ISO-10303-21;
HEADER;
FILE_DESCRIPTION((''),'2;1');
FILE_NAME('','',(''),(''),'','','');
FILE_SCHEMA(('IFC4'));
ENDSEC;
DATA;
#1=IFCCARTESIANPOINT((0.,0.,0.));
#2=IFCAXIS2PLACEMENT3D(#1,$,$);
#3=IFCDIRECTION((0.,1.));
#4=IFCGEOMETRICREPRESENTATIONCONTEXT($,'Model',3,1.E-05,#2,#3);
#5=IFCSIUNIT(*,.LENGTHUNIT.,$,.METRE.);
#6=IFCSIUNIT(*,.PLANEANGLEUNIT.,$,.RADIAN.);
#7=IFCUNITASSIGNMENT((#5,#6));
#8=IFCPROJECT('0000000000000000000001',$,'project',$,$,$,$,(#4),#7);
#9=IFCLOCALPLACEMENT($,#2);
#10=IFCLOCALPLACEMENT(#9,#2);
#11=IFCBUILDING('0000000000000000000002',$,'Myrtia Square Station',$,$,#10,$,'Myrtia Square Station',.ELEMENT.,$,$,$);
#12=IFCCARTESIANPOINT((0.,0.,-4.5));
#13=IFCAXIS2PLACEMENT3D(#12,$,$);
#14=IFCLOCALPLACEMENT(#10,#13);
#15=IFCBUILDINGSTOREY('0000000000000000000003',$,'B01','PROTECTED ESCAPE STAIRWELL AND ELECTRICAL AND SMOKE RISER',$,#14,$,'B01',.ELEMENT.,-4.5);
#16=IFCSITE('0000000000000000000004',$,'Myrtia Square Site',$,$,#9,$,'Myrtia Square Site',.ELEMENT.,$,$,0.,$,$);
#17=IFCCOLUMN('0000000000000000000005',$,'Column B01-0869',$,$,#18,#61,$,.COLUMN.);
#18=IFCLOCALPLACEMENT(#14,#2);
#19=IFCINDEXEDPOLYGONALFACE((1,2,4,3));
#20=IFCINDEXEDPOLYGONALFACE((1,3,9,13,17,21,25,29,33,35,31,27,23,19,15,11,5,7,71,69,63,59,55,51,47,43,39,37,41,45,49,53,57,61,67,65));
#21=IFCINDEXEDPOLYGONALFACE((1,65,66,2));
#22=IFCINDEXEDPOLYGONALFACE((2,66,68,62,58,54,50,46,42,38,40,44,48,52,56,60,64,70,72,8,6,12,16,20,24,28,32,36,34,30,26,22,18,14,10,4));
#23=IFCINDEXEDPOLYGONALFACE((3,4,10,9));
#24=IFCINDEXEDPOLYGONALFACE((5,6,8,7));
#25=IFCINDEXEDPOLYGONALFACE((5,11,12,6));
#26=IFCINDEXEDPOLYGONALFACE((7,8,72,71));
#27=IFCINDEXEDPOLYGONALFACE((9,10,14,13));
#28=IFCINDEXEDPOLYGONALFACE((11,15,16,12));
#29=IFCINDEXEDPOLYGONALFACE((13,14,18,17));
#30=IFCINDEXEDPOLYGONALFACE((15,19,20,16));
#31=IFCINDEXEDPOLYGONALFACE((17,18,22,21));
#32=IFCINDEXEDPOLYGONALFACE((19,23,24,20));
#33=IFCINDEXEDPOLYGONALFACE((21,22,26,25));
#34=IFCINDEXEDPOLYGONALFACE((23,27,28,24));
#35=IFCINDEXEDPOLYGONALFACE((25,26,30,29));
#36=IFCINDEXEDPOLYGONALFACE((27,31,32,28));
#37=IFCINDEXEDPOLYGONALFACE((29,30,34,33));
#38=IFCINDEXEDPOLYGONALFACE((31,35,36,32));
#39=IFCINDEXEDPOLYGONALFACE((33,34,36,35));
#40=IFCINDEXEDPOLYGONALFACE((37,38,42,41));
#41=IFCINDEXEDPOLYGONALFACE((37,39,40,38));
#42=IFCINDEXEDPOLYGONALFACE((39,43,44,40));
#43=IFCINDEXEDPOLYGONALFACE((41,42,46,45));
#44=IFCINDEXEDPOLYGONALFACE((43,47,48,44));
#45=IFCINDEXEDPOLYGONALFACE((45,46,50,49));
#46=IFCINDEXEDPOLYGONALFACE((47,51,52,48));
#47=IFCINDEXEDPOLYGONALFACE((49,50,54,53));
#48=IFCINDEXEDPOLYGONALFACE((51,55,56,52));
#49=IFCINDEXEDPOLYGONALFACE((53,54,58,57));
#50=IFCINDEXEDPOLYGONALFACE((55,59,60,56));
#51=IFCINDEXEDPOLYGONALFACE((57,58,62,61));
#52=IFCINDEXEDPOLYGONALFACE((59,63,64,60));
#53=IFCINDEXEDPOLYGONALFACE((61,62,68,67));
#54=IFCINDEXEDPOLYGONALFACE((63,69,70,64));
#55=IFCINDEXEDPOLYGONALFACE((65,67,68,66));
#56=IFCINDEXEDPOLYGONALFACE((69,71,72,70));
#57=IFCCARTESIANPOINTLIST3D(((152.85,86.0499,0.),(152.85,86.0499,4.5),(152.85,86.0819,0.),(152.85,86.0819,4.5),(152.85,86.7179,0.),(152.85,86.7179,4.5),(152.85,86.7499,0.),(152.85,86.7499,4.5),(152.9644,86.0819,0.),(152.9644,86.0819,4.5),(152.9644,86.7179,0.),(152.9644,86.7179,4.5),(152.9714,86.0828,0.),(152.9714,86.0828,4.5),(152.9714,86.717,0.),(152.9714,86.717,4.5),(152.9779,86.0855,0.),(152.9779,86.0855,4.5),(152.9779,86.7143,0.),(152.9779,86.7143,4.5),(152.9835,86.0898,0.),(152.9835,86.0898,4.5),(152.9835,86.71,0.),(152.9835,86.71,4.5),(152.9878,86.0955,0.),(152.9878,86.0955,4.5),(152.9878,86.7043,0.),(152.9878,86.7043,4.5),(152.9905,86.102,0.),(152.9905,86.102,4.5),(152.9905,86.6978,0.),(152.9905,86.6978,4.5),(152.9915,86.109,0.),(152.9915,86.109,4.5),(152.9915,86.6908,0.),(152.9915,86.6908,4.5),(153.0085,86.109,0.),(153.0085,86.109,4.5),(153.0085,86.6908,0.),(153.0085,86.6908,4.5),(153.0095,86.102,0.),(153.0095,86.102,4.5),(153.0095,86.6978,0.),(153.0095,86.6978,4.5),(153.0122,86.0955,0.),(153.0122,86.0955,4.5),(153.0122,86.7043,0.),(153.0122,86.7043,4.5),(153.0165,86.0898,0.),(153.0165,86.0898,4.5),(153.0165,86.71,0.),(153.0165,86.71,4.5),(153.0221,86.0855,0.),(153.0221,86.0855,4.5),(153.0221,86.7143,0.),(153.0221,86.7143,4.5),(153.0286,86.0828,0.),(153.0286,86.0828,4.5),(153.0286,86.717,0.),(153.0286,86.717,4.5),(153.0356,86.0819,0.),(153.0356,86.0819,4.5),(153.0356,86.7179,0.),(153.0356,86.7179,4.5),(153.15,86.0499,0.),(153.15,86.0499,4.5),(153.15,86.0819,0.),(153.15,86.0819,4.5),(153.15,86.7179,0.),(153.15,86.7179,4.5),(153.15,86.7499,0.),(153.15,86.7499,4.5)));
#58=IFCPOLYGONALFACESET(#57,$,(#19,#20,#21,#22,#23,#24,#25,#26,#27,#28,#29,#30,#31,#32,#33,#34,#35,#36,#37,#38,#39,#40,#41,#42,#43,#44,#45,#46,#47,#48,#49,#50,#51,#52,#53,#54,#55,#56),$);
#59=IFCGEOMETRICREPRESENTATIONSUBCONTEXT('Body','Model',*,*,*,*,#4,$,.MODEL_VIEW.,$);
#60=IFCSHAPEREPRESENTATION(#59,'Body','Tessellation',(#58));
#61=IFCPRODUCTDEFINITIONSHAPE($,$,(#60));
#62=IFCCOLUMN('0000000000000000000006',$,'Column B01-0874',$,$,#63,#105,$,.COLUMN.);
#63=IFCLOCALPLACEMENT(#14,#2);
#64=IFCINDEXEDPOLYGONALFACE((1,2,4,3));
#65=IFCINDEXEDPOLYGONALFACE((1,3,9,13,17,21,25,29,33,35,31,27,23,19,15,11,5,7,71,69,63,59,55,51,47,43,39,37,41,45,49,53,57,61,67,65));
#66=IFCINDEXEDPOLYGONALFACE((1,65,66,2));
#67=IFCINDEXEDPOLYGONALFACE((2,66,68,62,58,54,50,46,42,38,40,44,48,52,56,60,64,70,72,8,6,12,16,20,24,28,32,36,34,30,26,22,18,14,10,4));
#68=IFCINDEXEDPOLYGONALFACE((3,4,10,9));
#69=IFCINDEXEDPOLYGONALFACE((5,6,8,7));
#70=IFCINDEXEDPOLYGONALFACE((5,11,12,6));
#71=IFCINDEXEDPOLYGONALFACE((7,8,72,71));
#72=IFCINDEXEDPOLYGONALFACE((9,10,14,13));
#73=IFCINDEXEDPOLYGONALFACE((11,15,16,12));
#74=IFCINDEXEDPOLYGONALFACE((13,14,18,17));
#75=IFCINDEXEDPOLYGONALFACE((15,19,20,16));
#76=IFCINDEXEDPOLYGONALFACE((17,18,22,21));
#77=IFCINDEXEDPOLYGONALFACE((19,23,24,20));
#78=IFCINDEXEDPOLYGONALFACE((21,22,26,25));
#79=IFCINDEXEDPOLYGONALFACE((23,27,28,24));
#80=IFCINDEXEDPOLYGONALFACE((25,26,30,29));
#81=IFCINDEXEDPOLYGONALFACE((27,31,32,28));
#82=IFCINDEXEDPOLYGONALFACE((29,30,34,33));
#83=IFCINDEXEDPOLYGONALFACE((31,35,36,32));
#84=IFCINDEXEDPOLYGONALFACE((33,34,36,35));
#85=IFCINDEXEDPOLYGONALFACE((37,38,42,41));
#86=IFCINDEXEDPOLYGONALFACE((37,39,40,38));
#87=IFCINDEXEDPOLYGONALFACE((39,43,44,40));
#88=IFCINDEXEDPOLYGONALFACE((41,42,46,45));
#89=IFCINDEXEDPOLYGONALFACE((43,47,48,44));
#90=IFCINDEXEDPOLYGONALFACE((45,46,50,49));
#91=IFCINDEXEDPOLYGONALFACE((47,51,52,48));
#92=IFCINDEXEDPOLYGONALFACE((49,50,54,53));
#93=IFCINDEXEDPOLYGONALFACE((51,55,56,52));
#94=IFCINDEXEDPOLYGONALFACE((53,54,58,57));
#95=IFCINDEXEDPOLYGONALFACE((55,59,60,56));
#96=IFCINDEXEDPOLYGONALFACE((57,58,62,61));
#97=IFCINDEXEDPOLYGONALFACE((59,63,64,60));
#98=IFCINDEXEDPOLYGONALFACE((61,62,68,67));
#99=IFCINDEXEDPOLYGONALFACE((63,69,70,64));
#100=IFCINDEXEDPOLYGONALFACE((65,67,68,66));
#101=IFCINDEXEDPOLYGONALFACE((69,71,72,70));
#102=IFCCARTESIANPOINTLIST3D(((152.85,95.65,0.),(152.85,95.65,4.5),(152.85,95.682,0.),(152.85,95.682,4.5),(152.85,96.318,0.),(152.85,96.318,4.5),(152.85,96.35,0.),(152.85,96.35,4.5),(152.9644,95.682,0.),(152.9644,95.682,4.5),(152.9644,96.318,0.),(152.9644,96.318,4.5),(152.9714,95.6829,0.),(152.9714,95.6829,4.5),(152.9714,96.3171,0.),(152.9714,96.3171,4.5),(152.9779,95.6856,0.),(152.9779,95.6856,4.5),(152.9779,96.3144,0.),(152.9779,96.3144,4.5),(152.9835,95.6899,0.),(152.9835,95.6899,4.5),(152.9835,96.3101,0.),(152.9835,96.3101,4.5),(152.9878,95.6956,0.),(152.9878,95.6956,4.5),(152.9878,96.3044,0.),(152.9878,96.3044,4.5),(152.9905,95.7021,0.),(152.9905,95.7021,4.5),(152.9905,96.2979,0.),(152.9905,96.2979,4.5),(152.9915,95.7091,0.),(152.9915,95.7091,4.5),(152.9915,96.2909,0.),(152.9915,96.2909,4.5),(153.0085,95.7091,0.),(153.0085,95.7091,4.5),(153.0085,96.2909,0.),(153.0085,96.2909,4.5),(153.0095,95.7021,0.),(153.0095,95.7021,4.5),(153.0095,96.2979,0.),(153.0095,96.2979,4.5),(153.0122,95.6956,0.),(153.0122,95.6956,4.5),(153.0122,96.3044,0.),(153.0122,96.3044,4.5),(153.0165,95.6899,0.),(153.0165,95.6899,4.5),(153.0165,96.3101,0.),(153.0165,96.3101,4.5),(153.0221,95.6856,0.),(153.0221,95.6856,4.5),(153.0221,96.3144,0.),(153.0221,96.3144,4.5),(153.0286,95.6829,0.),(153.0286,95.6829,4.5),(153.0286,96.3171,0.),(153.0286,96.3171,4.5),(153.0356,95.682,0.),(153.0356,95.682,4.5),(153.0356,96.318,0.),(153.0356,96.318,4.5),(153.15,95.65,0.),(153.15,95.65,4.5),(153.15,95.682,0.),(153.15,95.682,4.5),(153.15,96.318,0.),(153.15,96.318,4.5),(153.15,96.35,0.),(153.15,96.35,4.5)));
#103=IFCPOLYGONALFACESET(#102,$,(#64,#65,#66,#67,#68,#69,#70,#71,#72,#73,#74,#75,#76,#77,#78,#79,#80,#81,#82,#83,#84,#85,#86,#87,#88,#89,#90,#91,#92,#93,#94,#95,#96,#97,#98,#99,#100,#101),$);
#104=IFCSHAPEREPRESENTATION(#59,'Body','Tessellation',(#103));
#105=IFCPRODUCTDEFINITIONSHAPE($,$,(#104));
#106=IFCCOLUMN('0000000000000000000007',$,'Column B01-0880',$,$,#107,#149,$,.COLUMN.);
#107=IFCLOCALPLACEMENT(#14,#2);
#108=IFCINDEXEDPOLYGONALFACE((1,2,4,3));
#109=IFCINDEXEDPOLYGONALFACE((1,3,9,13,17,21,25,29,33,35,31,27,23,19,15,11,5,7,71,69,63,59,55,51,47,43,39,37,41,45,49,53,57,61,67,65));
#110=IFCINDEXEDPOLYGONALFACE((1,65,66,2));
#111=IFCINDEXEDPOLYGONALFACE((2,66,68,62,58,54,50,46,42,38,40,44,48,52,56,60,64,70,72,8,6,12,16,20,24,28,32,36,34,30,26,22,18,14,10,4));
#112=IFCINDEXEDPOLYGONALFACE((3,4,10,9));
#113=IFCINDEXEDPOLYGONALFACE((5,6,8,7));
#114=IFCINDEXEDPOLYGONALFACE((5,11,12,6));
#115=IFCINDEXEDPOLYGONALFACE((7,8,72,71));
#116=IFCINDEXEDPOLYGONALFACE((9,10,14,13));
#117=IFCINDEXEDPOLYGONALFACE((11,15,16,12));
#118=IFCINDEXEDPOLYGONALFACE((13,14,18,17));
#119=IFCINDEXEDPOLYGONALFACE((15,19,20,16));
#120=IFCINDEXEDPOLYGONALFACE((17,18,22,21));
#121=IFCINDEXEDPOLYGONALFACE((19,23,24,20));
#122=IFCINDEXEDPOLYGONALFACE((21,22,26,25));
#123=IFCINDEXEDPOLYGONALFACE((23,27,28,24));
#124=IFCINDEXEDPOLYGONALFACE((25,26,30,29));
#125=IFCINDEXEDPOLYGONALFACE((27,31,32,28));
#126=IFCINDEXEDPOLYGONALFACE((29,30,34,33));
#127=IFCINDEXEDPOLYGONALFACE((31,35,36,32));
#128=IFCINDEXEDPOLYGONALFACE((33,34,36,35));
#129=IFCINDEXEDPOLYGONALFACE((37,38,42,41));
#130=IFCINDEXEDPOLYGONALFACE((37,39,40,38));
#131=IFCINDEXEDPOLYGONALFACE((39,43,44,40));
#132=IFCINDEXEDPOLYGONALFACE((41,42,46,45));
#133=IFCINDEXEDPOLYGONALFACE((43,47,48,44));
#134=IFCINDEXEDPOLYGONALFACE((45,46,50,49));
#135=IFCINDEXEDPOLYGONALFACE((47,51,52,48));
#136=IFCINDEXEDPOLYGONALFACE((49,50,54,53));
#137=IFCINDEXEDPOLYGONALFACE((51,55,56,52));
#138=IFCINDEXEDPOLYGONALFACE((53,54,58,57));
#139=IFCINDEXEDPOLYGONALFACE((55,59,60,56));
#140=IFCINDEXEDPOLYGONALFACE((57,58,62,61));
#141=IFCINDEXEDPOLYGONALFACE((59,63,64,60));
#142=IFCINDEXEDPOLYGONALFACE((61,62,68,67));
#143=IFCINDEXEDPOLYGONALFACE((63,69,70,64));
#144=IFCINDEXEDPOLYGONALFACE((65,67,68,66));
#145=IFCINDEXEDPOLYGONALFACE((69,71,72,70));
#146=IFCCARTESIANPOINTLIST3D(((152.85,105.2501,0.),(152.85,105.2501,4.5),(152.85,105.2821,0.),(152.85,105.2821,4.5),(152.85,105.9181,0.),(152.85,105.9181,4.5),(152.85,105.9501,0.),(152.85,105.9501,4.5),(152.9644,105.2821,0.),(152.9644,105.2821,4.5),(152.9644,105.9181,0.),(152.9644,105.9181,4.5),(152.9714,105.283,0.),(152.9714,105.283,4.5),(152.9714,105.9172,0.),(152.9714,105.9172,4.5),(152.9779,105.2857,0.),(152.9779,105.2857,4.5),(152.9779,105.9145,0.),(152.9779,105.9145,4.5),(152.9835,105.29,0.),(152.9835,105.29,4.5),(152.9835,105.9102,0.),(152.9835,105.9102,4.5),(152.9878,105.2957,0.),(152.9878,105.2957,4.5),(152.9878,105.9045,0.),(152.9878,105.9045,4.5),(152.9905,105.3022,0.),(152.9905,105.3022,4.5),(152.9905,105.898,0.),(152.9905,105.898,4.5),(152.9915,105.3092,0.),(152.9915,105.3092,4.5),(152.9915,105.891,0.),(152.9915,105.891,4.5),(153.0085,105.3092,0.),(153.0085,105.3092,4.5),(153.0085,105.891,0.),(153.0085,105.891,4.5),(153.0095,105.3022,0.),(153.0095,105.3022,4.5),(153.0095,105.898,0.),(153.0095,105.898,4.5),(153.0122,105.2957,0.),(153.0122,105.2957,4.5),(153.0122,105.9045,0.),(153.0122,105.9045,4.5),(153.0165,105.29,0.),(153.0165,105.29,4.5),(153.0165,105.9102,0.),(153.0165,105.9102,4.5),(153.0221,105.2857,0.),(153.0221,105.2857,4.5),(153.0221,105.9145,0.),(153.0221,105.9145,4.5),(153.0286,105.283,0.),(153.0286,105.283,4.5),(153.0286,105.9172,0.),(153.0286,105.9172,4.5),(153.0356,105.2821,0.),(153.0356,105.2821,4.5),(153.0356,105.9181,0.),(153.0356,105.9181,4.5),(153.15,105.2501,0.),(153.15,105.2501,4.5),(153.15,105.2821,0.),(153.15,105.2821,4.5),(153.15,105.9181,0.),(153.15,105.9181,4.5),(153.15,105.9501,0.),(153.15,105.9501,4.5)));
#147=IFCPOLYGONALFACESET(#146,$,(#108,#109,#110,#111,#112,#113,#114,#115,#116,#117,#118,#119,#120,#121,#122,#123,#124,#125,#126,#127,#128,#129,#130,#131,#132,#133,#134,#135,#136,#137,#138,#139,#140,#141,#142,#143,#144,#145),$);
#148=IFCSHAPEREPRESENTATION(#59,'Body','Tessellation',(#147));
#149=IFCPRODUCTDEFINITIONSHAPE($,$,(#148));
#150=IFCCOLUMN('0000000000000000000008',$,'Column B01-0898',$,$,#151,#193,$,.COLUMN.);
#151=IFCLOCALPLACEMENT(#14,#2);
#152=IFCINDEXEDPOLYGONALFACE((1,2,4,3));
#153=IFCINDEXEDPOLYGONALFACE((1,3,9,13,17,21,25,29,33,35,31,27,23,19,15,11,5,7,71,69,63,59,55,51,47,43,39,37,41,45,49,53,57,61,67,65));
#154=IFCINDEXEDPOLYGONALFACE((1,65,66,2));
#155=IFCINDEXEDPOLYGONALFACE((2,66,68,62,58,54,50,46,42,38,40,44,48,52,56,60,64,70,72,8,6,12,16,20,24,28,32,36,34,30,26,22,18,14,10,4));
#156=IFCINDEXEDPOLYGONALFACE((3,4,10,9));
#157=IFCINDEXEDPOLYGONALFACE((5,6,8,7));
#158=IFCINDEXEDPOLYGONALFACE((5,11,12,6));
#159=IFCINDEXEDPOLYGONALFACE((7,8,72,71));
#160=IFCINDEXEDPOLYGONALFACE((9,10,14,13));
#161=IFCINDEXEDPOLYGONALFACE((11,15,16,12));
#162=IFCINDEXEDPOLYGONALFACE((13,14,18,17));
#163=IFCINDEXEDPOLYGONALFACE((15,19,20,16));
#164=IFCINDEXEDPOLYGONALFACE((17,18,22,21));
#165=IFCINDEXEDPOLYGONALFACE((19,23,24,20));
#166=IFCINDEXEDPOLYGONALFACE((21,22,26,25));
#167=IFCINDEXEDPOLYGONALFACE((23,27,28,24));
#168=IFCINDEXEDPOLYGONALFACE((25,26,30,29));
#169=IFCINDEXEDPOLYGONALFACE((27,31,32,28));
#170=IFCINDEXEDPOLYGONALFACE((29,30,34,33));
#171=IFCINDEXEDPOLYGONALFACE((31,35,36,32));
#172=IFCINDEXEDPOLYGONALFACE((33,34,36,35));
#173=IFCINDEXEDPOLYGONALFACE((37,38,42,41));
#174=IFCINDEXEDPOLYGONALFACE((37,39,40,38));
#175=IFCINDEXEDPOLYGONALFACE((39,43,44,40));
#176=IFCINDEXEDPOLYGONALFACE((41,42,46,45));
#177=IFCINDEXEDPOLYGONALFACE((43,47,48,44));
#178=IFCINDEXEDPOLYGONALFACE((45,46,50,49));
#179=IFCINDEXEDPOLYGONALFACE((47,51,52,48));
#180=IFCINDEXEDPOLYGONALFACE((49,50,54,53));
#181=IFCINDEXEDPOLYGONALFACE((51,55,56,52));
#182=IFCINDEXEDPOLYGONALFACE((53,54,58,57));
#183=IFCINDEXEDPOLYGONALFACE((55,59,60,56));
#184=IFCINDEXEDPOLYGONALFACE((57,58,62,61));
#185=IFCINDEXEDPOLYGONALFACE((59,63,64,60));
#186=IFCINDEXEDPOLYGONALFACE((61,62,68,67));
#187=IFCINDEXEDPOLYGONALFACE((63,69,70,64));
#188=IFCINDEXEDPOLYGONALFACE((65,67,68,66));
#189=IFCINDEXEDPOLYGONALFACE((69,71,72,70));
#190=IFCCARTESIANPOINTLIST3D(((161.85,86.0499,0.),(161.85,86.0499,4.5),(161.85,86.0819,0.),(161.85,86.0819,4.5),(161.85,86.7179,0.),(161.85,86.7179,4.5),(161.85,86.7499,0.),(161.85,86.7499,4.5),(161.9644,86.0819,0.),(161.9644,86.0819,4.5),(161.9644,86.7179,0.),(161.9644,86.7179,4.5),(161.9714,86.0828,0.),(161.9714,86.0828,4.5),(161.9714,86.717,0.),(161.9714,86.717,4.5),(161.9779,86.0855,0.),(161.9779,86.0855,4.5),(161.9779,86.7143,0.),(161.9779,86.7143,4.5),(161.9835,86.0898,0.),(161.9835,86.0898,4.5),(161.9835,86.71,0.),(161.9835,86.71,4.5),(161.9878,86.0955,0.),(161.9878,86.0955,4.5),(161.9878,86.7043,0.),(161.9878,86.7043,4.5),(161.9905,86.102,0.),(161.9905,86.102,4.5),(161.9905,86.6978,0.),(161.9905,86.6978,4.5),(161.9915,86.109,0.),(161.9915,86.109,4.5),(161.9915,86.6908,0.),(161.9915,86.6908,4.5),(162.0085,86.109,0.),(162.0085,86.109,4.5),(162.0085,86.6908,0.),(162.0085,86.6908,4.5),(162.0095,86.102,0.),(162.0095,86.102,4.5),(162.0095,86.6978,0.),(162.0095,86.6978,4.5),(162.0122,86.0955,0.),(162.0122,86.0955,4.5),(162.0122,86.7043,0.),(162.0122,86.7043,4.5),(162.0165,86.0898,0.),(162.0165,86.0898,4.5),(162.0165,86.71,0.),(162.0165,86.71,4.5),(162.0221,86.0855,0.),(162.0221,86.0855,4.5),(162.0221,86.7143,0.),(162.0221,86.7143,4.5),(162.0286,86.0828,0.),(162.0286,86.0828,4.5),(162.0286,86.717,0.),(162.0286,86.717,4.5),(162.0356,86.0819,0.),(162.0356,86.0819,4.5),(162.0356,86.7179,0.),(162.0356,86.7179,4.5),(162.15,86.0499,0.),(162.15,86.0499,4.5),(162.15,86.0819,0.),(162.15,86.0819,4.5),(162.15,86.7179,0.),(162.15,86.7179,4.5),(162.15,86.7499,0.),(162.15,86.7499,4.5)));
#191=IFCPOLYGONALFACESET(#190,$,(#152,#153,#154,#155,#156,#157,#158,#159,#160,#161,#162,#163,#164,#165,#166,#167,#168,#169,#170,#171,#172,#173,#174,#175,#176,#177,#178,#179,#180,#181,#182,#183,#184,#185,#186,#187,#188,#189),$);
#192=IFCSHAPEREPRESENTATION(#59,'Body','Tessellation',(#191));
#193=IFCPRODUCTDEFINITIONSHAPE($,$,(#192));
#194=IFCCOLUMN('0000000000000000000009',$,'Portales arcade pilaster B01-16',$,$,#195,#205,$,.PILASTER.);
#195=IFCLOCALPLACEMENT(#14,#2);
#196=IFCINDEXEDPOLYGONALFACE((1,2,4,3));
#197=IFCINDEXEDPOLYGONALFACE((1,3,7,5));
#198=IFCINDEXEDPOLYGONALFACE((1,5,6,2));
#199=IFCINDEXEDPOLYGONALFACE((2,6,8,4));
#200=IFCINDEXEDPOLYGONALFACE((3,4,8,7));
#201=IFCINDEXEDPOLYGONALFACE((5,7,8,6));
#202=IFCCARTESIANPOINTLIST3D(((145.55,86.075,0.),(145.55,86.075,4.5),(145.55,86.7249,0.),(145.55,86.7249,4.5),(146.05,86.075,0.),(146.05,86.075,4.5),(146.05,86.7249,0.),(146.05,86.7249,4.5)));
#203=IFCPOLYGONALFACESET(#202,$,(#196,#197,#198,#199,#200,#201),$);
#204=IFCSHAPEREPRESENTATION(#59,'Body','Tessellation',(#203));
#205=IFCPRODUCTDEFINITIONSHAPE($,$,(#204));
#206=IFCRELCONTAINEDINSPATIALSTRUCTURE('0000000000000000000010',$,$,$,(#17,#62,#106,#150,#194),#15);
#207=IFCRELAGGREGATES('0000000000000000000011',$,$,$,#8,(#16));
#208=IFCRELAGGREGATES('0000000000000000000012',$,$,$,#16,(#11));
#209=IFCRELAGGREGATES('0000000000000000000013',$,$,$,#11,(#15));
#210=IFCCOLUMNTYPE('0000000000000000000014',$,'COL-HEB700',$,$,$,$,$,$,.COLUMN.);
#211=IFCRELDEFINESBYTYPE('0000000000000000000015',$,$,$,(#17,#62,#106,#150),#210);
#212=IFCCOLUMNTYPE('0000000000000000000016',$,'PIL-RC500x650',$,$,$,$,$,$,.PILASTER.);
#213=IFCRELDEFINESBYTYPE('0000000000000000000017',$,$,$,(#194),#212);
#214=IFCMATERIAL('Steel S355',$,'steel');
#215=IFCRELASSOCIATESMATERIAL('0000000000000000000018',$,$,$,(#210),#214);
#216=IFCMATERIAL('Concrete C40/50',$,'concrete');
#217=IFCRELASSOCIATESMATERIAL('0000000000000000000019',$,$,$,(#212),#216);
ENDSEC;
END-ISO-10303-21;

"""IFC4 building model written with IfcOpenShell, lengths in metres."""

from ifc_helpers import new_model, si_unit, direction, frame, origin, origin_2d, place, context, subcontext, project, spatial, rectangle, i_section, extrude, material, material_profile, profile_set, type_object, element, save


model = new_model("IFC4")

# Units and contexts
model_context = context("Model", 3, precision=1e-05, world=origin(), true_north=direction((0.0, 1.0)))
body_context = subcontext(model_context, "Body", "Model", "MODEL_VIEW")
ifc_project = project(units=[si_unit("LENGTHUNIT", "METRE"), si_unit("PLANEANGLEUNIT", "RADIAN")], contexts=[model_context])

# Site, building, storey
site_placement = place(None, origin())
site = spatial("IfcSite", under=ifc_project, at=site_placement, Name="Myrtia Square Site", LongName="Myrtia Square Site", CompositionType="ELEMENT", RefElevation=0.0)
building_placement = place(site_placement, origin())
building = spatial("IfcBuilding", under=site, at=building_placement, Name="Myrtia Square Station", LongName="Myrtia Square Station", CompositionType="ELEMENT")
storey_placement = place(building_placement, frame((0.0, 0.0, -4.5)))
storey = spatial("IfcBuildingStorey", under=building, at=storey_placement, Name="B01", Description="PROTECTED ESCAPE STAIRWELL AND ELECTRICAL AND SMOKE RISER", LongName="B01", CompositionType="ELEMENT", Elevation=-4.5)

# Columns
ifc_material_1 = material(Name="Steel S355", Category="steel")
ifc_material_profile_1 = material_profile(ifc_material_1, i_section(OverallWidth=0.3, OverallDepth=0.7, WebThickness=0.0171, FlangeThickness=0.032, FilletRadius=0.0271, at=origin_2d()), Name="HEB 700")
ifc_profile_set_1 = profile_set([ifc_material_profile_1], Name="Steel S355")
column_type_1 = type_object("IfcColumnType", Name="COL-HEB700", PredefinedType="COLUMN", material=ifc_profile_set_1)
for number, where, z_axis, x_axis, name in (
    (1, (153.0, 86.3999, 0.0), (0.0, 0.0, 1.0), (1.0, 0.0, 0.0), "Column B01-0869"),
    (2, (153.0, 96.0, 0.0), (0.0, 0.0, 1.0), (1.0, 0.0, 0.0), "Column B01-0874"),
    (3, (153.0, 105.6001, 0.0), (0.0, 0.0, 1.0), (1.0, 0.0, 0.0), "Column B01-0880"),
    (4, (162.0, 86.3999, 0.0), (0.0, 0.0, 1.0), (1.0, 0.0, 0.0), "Column B01-0898"),
):
    element("IfcColumn", number, at=place(storey_placement, frame(where, z_axis=z_axis, x_axis=x_axis)), inside=storey, type_object=column_type_1, Name=name, PredefinedType="COLUMN", context=body_context, shape_type="SweptSolid", body=[
        extrude(i_section(OverallWidth=0.3, OverallDepth=0.7, WebThickness=0.0171, FlangeThickness=0.032, FilletRadius=0.0271, at=origin_2d()), origin(), (0.0, 0.0, 1.0), 4.5),
    ])
ifc_material_2 = material(Name="Concrete C40/50", Category="concrete")
ifc_material_profile_2 = material_profile(ifc_material_2, rectangle(XDim=0.5, YDim=0.6499, at=origin_2d()), Name="PIL 500x650")
ifc_profile_set_2 = profile_set([ifc_material_profile_2], Name="Concrete C40/50")
column_type_2 = type_object("IfcColumnType", Name="PIL-RC500x650", PredefinedType="PILASTER", material=ifc_profile_set_2)
for number, where, z_axis, x_axis, name in (
    (5, (145.8, 86.3999, 0.0), (0.0, 0.0, 1.0), (1.0, 0.0, 0.0), "Portales arcade pilaster B01-16"),
):
    element("IfcColumn", number, at=place(storey_placement, frame(where, z_axis=z_axis, x_axis=x_axis)), inside=storey, type_object=column_type_2, Name=name, PredefinedType="PILASTER", context=body_context, shape_type="SweptSolid", body=[
        extrude(rectangle(XDim=0.5, YDim=0.6499, at=origin_2d()), origin(), (0.0, 0.0, 1.0), 4.5),
    ])

save(model, "model.ifc")
